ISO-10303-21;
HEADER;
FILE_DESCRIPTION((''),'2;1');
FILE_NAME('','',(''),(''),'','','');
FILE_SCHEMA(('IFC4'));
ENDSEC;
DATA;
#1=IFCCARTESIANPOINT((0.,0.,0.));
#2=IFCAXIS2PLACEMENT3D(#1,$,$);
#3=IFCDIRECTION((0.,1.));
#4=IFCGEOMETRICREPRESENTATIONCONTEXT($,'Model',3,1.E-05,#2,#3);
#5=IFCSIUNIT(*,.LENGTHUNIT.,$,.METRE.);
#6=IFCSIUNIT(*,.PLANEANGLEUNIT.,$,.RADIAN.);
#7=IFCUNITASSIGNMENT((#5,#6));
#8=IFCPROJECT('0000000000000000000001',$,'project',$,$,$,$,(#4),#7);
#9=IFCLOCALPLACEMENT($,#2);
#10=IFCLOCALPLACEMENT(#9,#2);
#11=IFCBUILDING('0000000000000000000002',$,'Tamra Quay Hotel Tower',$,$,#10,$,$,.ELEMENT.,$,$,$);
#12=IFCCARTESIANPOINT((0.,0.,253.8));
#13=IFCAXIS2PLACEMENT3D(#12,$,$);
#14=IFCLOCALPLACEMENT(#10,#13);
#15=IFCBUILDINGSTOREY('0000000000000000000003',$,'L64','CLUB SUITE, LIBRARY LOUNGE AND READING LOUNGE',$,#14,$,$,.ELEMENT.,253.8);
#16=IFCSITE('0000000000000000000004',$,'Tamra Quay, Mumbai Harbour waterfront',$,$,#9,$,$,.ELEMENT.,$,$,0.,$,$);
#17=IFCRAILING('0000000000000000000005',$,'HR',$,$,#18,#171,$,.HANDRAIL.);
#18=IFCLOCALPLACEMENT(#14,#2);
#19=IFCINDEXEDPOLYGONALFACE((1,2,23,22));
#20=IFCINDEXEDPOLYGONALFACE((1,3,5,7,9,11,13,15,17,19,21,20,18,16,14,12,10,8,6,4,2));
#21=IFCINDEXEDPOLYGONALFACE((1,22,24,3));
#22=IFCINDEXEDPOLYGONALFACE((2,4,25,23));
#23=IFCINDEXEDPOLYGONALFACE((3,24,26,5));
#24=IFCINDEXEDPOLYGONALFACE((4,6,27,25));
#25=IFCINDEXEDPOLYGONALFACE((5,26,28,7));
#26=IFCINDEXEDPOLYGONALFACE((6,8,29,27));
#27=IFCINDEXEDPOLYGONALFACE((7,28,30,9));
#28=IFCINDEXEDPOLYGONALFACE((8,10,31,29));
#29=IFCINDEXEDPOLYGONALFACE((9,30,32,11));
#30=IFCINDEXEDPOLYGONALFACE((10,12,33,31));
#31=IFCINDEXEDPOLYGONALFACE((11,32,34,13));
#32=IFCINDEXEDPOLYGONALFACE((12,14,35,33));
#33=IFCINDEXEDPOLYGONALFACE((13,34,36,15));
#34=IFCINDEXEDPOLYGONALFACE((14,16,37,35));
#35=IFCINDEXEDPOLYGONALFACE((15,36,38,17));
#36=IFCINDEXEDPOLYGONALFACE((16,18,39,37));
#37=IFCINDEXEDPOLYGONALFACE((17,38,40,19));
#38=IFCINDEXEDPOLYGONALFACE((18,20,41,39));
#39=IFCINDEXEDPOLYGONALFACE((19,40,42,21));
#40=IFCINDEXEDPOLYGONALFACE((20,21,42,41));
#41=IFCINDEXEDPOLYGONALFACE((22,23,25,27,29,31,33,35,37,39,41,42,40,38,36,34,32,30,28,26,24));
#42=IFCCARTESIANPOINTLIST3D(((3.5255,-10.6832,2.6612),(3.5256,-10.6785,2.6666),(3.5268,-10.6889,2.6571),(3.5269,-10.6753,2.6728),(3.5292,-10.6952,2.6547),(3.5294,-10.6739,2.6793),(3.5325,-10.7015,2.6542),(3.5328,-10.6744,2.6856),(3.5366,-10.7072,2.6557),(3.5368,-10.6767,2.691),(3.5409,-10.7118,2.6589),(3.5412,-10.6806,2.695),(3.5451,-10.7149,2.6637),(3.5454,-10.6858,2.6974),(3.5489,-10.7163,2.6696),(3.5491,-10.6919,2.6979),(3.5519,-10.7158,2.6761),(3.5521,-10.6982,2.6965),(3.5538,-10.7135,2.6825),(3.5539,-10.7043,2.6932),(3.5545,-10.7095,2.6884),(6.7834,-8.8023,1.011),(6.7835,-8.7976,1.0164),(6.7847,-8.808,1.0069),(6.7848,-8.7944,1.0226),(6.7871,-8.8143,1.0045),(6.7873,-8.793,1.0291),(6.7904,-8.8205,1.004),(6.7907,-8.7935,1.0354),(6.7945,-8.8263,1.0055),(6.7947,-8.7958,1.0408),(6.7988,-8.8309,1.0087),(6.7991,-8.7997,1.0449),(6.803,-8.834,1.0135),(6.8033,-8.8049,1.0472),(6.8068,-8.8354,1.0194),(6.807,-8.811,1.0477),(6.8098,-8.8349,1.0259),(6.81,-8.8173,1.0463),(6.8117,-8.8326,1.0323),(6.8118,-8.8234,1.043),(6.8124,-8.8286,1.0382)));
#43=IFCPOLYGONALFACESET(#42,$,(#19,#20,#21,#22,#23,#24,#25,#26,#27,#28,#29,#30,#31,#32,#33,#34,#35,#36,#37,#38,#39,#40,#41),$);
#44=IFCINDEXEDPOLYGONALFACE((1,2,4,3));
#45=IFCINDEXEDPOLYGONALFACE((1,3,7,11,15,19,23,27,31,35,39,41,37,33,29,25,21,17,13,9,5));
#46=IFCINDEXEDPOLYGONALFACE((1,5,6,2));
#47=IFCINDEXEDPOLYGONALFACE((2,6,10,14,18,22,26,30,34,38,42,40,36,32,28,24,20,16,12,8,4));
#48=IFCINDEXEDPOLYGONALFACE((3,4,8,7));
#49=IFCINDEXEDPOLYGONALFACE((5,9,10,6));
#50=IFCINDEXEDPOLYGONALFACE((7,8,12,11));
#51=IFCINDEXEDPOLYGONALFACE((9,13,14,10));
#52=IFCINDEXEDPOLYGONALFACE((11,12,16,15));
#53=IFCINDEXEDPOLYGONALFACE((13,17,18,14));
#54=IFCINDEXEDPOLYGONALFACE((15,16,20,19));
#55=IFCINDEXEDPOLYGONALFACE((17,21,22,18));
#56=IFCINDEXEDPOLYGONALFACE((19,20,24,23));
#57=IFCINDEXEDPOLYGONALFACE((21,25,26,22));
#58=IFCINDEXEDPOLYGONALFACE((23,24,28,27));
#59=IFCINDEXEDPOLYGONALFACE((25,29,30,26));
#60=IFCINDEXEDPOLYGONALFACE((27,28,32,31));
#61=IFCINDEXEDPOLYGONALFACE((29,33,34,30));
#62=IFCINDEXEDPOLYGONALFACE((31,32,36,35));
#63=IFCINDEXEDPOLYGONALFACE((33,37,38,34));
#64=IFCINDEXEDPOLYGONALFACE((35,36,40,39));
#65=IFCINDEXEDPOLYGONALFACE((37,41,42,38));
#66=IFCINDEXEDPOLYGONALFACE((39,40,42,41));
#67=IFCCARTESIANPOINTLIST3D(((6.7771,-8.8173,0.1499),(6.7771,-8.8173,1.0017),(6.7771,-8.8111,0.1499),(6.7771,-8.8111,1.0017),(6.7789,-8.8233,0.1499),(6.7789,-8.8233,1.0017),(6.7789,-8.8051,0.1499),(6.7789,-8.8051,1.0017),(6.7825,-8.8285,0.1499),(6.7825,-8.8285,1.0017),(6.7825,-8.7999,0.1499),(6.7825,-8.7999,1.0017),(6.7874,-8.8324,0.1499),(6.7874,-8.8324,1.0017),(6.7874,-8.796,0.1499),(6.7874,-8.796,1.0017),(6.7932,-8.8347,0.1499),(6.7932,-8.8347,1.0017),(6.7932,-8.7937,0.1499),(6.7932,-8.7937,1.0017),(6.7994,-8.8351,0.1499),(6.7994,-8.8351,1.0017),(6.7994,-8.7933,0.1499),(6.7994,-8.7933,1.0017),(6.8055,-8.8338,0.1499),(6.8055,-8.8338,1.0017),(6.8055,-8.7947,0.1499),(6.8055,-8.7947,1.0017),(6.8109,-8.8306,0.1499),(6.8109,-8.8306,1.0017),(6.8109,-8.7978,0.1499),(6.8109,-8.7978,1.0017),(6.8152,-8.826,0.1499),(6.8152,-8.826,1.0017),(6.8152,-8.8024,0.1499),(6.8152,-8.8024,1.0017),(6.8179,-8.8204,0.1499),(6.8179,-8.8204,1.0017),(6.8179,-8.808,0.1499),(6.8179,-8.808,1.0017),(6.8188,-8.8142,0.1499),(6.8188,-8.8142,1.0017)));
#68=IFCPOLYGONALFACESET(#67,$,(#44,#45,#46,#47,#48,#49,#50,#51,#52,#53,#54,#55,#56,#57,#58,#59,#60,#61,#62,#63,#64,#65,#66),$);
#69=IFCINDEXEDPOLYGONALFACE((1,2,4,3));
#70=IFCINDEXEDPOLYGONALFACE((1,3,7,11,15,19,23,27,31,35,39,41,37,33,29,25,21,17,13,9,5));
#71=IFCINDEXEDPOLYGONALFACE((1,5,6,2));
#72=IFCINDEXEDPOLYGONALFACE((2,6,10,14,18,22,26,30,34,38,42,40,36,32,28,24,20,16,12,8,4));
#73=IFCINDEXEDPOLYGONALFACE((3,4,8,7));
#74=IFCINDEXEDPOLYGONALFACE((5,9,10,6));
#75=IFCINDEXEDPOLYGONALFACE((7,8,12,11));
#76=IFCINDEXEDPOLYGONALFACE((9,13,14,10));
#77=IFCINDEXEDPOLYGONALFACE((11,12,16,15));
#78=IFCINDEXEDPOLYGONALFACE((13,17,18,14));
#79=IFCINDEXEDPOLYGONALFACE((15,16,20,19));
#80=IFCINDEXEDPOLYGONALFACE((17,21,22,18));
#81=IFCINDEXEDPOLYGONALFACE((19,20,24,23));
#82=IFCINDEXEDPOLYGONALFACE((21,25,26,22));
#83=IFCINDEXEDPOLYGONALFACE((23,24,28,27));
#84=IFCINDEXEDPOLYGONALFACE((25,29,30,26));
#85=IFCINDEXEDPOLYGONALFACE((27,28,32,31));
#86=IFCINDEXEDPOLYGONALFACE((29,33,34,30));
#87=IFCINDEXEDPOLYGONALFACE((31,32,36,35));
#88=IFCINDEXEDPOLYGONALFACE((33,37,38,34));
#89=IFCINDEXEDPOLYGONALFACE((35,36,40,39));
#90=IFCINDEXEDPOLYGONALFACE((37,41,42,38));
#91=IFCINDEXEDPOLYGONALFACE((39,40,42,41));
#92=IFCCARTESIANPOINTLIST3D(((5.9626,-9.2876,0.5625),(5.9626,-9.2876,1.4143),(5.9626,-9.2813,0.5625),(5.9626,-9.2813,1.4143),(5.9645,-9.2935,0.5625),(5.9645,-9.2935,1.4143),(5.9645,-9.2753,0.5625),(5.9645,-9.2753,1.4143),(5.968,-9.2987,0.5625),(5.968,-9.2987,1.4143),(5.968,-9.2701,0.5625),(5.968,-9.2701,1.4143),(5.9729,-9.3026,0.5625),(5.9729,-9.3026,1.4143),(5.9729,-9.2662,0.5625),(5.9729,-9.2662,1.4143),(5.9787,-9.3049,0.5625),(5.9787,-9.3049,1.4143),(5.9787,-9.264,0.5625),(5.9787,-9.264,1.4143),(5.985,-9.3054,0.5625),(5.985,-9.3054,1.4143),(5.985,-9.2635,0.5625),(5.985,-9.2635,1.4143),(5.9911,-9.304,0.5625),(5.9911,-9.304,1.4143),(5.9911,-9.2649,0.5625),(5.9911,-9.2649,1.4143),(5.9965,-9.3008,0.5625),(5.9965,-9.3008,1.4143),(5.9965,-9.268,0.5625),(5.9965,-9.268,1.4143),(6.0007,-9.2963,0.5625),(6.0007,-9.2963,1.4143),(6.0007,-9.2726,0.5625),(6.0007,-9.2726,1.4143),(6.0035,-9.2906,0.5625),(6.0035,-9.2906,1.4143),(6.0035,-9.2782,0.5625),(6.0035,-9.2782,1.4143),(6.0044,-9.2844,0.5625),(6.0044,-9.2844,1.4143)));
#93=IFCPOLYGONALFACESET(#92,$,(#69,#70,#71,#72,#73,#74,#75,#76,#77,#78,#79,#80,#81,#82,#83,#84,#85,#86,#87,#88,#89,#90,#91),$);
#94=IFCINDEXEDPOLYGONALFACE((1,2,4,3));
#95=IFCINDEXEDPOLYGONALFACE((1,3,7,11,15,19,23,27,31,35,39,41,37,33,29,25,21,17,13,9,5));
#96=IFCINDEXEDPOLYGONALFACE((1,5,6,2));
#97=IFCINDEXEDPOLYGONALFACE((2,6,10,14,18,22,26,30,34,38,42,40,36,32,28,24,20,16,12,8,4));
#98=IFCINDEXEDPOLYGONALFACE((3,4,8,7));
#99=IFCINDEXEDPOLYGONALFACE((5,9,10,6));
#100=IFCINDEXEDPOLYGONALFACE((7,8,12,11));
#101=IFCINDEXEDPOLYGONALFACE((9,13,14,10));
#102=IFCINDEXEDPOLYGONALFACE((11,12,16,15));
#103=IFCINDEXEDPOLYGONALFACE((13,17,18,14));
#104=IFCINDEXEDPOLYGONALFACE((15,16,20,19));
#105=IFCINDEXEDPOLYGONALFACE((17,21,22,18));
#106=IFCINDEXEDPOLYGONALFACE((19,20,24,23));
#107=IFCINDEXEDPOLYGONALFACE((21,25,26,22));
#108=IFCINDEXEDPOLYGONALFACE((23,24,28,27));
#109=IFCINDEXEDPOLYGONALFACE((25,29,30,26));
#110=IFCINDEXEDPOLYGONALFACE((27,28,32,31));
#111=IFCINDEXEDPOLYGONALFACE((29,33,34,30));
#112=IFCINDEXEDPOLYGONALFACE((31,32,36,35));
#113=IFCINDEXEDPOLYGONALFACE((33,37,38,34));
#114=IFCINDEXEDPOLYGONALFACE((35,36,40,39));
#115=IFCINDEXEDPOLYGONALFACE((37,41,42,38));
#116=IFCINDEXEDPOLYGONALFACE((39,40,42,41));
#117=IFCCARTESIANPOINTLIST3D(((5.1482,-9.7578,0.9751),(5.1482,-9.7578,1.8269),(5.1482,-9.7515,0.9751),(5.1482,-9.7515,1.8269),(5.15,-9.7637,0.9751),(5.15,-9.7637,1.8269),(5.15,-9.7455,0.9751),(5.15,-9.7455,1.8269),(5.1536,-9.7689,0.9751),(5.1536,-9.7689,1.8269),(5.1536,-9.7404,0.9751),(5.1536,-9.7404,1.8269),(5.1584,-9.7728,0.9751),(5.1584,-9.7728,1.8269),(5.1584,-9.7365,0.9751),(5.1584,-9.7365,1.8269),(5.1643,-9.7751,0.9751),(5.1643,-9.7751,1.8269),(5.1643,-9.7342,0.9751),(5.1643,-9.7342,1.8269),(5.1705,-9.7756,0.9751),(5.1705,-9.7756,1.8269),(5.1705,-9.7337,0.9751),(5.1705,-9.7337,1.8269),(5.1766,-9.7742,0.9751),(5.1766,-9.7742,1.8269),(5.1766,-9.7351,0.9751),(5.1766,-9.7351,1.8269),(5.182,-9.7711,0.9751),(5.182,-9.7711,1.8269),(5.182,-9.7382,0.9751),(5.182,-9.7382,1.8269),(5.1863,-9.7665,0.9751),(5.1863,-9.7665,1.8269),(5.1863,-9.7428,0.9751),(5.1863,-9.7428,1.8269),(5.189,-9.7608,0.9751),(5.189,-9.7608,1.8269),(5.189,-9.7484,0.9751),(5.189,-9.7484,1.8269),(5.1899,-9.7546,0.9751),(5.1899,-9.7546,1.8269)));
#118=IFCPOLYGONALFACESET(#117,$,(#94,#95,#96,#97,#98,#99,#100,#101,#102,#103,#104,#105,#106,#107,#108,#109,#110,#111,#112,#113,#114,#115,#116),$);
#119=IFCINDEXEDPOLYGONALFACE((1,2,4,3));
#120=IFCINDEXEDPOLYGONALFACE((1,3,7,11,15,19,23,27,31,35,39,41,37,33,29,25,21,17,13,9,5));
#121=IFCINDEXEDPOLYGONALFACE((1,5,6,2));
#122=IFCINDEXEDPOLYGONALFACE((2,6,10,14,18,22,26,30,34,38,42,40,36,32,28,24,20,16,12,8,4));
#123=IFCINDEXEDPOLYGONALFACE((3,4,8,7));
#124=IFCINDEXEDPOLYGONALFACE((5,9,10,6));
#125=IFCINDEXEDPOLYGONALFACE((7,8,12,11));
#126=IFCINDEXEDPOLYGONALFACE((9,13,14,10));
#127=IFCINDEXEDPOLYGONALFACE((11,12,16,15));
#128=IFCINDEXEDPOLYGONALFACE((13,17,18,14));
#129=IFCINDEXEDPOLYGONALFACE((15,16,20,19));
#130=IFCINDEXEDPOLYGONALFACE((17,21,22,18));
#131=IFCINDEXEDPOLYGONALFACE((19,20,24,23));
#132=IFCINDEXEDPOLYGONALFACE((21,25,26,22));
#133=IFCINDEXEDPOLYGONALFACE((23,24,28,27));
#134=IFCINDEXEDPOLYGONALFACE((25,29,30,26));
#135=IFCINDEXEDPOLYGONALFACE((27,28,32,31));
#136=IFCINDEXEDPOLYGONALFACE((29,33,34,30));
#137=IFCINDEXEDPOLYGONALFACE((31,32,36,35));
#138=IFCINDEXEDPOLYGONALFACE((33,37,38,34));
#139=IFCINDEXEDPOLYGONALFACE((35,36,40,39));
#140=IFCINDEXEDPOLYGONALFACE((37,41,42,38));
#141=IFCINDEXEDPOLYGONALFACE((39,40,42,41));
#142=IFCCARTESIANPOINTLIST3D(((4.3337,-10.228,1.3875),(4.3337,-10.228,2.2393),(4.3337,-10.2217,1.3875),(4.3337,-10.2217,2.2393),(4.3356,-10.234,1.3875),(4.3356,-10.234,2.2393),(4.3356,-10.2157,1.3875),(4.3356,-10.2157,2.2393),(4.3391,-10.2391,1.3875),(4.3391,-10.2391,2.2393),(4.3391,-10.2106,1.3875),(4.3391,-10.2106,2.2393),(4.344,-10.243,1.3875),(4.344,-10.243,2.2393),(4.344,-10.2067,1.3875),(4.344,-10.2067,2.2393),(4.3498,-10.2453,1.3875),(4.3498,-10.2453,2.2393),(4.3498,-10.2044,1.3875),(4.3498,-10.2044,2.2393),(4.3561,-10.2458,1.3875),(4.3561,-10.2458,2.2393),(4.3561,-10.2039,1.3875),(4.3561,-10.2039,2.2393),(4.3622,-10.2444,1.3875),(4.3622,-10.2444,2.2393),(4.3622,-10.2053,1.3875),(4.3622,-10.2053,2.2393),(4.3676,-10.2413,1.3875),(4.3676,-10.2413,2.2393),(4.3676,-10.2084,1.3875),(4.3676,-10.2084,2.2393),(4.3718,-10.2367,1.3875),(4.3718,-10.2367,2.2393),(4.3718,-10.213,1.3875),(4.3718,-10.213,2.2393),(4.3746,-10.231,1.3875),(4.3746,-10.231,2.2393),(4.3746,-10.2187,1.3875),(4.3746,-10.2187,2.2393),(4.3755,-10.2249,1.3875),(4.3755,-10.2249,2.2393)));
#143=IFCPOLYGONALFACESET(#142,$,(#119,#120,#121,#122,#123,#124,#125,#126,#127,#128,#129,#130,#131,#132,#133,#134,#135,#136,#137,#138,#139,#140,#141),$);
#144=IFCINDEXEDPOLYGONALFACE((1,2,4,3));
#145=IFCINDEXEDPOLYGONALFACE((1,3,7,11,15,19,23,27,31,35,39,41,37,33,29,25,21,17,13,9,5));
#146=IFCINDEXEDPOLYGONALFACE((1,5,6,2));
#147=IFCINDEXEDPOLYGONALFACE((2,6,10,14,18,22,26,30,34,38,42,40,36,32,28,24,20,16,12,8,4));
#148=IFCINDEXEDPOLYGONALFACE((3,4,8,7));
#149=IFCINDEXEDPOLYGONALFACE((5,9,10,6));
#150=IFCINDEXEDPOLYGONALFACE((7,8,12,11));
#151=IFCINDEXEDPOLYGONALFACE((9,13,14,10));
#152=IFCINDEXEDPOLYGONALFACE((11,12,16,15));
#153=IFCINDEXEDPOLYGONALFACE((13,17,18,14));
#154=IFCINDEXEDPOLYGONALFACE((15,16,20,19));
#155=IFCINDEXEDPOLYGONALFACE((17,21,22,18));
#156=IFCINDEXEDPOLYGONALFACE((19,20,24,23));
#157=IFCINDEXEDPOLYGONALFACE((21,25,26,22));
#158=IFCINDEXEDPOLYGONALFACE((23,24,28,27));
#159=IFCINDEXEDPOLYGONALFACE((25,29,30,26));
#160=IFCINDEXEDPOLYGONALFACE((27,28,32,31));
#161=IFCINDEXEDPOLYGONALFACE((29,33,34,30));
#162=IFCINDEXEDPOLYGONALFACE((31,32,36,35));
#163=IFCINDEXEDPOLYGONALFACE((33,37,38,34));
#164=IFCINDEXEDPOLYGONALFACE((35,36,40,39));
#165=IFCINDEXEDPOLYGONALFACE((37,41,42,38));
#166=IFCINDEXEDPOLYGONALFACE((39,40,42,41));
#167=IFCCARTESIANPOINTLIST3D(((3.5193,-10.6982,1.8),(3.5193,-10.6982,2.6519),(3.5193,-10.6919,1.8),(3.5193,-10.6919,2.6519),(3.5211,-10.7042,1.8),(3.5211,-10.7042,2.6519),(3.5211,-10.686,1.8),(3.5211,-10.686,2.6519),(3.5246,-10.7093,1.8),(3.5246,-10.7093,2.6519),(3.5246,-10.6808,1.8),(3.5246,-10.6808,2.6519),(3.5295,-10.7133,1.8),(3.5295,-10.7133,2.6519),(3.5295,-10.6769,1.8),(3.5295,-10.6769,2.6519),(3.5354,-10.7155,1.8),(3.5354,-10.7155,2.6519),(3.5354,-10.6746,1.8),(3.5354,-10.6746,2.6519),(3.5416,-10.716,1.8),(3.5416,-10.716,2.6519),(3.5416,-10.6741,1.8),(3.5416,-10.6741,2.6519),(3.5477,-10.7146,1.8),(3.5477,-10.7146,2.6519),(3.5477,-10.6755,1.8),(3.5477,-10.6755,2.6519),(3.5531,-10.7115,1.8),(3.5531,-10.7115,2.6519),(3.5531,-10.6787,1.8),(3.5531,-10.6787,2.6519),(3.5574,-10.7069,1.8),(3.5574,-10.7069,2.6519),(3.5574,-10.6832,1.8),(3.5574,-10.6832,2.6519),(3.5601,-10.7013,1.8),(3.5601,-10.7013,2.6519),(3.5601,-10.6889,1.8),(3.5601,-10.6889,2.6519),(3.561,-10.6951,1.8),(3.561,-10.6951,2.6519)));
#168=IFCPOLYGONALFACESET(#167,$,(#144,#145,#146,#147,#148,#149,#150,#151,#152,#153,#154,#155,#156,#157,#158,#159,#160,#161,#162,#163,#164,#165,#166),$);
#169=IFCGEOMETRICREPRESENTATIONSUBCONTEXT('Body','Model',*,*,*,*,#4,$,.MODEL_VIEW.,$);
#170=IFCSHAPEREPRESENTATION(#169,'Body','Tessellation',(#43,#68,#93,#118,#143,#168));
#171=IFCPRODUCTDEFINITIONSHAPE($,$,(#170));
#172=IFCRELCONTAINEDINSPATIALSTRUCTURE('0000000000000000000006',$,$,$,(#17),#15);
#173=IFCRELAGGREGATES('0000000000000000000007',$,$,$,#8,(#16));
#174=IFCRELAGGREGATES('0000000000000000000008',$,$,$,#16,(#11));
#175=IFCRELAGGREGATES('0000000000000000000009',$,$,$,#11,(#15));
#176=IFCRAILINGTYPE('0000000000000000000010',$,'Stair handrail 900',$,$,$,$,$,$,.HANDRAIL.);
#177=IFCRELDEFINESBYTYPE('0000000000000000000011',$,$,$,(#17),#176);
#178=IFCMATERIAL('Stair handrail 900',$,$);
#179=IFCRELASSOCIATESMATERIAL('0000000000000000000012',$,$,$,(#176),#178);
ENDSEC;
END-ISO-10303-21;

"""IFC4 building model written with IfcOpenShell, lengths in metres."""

from ifc_helpers import new_model, si_unit, direction, frame, origin, origin_2d, place, context, subcontext, project, spatial, circle, extrude, material, type_object, element, save


model = new_model("IFC4")

# Units and contexts
model_context = context("Model", 3, precision=1e-05, world=origin(), true_north=direction((0.0, 1.0)))
body_context = subcontext(model_context, "Body", "Model", "MODEL_VIEW")
ifc_project = project(units=[si_unit("LENGTHUNIT", "METRE"), si_unit("PLANEANGLEUNIT", "RADIAN")], contexts=[model_context])

# Site, building, storey
site_placement = place(None, origin())
site = spatial("IfcSite", under=ifc_project, at=site_placement, Name="Tamra Quay, Mumbai Harbour waterfront", CompositionType="ELEMENT", RefElevation=0.0)
building_placement = place(site_placement, origin())
building = spatial("IfcBuilding", under=site, at=building_placement, Name="Tamra Quay Hotel Tower", CompositionType="ELEMENT")
storey_placement = place(building_placement, frame((0.0, 0.0, 253.8)))
storey = spatial("IfcBuildingStorey", under=building, at=storey_placement, Name="L64", Description="CLUB SUITE, LIBRARY LOUNGE AND READING LOUNGE", CompositionType="ELEMENT", Elevation=253.8)

# Railing
ifc_material_1 = material(Name="Stair handrail 900")
railing_type = type_object("IfcRailingType", Name="Stair handrail 900", PredefinedType="HANDRAIL", material=ifc_material_1)
railing_placement = place(storey_placement, frame((6.7979, -8.8142, 0.1499)))
element("IfcRailing", 1, at=railing_placement, inside=storey, type_object=railing_type, Name="HR", PredefinedType="HANDRAIL", context=body_context, shape_type="SweptSolid", body=[
    extrude(circle(Radius=0.0239, at=origin_2d()), frame((0.0, 0.0, 0.876), z_axis=(-0.793081, -0.457876, 0.401711), x_axis=(0.499992, -0.86603, 0.0)), (0.0, 0.0, 1.0), 4.1079),
    extrude(circle(Radius=0.021, at=origin_2d()), origin(), (0.0, 0.0, 1.0), 0.8518),
    extrude(circle(Radius=0.021, at=origin_2d()), frame((-0.8145, -0.4702, 0.4126)), (0.0, 0.0, 1.0), 0.8518),
    extrude(circle(Radius=0.021, at=origin_2d()), frame((-1.6289, -0.9404, 0.8252)), (0.0, 0.0, 1.0), 0.8518),
    extrude(circle(Radius=0.021, at=origin_2d()), frame((-2.4434, -1.4106, 1.2375)), (0.0, 0.0, 1.0), 0.8518),
    extrude(circle(Radius=0.021, at=origin_2d()), frame((-3.2578, -1.8809, 1.6501)), (0.0, 0.0, 1.0), 0.8518),
])

save(model, "model.ifc")
